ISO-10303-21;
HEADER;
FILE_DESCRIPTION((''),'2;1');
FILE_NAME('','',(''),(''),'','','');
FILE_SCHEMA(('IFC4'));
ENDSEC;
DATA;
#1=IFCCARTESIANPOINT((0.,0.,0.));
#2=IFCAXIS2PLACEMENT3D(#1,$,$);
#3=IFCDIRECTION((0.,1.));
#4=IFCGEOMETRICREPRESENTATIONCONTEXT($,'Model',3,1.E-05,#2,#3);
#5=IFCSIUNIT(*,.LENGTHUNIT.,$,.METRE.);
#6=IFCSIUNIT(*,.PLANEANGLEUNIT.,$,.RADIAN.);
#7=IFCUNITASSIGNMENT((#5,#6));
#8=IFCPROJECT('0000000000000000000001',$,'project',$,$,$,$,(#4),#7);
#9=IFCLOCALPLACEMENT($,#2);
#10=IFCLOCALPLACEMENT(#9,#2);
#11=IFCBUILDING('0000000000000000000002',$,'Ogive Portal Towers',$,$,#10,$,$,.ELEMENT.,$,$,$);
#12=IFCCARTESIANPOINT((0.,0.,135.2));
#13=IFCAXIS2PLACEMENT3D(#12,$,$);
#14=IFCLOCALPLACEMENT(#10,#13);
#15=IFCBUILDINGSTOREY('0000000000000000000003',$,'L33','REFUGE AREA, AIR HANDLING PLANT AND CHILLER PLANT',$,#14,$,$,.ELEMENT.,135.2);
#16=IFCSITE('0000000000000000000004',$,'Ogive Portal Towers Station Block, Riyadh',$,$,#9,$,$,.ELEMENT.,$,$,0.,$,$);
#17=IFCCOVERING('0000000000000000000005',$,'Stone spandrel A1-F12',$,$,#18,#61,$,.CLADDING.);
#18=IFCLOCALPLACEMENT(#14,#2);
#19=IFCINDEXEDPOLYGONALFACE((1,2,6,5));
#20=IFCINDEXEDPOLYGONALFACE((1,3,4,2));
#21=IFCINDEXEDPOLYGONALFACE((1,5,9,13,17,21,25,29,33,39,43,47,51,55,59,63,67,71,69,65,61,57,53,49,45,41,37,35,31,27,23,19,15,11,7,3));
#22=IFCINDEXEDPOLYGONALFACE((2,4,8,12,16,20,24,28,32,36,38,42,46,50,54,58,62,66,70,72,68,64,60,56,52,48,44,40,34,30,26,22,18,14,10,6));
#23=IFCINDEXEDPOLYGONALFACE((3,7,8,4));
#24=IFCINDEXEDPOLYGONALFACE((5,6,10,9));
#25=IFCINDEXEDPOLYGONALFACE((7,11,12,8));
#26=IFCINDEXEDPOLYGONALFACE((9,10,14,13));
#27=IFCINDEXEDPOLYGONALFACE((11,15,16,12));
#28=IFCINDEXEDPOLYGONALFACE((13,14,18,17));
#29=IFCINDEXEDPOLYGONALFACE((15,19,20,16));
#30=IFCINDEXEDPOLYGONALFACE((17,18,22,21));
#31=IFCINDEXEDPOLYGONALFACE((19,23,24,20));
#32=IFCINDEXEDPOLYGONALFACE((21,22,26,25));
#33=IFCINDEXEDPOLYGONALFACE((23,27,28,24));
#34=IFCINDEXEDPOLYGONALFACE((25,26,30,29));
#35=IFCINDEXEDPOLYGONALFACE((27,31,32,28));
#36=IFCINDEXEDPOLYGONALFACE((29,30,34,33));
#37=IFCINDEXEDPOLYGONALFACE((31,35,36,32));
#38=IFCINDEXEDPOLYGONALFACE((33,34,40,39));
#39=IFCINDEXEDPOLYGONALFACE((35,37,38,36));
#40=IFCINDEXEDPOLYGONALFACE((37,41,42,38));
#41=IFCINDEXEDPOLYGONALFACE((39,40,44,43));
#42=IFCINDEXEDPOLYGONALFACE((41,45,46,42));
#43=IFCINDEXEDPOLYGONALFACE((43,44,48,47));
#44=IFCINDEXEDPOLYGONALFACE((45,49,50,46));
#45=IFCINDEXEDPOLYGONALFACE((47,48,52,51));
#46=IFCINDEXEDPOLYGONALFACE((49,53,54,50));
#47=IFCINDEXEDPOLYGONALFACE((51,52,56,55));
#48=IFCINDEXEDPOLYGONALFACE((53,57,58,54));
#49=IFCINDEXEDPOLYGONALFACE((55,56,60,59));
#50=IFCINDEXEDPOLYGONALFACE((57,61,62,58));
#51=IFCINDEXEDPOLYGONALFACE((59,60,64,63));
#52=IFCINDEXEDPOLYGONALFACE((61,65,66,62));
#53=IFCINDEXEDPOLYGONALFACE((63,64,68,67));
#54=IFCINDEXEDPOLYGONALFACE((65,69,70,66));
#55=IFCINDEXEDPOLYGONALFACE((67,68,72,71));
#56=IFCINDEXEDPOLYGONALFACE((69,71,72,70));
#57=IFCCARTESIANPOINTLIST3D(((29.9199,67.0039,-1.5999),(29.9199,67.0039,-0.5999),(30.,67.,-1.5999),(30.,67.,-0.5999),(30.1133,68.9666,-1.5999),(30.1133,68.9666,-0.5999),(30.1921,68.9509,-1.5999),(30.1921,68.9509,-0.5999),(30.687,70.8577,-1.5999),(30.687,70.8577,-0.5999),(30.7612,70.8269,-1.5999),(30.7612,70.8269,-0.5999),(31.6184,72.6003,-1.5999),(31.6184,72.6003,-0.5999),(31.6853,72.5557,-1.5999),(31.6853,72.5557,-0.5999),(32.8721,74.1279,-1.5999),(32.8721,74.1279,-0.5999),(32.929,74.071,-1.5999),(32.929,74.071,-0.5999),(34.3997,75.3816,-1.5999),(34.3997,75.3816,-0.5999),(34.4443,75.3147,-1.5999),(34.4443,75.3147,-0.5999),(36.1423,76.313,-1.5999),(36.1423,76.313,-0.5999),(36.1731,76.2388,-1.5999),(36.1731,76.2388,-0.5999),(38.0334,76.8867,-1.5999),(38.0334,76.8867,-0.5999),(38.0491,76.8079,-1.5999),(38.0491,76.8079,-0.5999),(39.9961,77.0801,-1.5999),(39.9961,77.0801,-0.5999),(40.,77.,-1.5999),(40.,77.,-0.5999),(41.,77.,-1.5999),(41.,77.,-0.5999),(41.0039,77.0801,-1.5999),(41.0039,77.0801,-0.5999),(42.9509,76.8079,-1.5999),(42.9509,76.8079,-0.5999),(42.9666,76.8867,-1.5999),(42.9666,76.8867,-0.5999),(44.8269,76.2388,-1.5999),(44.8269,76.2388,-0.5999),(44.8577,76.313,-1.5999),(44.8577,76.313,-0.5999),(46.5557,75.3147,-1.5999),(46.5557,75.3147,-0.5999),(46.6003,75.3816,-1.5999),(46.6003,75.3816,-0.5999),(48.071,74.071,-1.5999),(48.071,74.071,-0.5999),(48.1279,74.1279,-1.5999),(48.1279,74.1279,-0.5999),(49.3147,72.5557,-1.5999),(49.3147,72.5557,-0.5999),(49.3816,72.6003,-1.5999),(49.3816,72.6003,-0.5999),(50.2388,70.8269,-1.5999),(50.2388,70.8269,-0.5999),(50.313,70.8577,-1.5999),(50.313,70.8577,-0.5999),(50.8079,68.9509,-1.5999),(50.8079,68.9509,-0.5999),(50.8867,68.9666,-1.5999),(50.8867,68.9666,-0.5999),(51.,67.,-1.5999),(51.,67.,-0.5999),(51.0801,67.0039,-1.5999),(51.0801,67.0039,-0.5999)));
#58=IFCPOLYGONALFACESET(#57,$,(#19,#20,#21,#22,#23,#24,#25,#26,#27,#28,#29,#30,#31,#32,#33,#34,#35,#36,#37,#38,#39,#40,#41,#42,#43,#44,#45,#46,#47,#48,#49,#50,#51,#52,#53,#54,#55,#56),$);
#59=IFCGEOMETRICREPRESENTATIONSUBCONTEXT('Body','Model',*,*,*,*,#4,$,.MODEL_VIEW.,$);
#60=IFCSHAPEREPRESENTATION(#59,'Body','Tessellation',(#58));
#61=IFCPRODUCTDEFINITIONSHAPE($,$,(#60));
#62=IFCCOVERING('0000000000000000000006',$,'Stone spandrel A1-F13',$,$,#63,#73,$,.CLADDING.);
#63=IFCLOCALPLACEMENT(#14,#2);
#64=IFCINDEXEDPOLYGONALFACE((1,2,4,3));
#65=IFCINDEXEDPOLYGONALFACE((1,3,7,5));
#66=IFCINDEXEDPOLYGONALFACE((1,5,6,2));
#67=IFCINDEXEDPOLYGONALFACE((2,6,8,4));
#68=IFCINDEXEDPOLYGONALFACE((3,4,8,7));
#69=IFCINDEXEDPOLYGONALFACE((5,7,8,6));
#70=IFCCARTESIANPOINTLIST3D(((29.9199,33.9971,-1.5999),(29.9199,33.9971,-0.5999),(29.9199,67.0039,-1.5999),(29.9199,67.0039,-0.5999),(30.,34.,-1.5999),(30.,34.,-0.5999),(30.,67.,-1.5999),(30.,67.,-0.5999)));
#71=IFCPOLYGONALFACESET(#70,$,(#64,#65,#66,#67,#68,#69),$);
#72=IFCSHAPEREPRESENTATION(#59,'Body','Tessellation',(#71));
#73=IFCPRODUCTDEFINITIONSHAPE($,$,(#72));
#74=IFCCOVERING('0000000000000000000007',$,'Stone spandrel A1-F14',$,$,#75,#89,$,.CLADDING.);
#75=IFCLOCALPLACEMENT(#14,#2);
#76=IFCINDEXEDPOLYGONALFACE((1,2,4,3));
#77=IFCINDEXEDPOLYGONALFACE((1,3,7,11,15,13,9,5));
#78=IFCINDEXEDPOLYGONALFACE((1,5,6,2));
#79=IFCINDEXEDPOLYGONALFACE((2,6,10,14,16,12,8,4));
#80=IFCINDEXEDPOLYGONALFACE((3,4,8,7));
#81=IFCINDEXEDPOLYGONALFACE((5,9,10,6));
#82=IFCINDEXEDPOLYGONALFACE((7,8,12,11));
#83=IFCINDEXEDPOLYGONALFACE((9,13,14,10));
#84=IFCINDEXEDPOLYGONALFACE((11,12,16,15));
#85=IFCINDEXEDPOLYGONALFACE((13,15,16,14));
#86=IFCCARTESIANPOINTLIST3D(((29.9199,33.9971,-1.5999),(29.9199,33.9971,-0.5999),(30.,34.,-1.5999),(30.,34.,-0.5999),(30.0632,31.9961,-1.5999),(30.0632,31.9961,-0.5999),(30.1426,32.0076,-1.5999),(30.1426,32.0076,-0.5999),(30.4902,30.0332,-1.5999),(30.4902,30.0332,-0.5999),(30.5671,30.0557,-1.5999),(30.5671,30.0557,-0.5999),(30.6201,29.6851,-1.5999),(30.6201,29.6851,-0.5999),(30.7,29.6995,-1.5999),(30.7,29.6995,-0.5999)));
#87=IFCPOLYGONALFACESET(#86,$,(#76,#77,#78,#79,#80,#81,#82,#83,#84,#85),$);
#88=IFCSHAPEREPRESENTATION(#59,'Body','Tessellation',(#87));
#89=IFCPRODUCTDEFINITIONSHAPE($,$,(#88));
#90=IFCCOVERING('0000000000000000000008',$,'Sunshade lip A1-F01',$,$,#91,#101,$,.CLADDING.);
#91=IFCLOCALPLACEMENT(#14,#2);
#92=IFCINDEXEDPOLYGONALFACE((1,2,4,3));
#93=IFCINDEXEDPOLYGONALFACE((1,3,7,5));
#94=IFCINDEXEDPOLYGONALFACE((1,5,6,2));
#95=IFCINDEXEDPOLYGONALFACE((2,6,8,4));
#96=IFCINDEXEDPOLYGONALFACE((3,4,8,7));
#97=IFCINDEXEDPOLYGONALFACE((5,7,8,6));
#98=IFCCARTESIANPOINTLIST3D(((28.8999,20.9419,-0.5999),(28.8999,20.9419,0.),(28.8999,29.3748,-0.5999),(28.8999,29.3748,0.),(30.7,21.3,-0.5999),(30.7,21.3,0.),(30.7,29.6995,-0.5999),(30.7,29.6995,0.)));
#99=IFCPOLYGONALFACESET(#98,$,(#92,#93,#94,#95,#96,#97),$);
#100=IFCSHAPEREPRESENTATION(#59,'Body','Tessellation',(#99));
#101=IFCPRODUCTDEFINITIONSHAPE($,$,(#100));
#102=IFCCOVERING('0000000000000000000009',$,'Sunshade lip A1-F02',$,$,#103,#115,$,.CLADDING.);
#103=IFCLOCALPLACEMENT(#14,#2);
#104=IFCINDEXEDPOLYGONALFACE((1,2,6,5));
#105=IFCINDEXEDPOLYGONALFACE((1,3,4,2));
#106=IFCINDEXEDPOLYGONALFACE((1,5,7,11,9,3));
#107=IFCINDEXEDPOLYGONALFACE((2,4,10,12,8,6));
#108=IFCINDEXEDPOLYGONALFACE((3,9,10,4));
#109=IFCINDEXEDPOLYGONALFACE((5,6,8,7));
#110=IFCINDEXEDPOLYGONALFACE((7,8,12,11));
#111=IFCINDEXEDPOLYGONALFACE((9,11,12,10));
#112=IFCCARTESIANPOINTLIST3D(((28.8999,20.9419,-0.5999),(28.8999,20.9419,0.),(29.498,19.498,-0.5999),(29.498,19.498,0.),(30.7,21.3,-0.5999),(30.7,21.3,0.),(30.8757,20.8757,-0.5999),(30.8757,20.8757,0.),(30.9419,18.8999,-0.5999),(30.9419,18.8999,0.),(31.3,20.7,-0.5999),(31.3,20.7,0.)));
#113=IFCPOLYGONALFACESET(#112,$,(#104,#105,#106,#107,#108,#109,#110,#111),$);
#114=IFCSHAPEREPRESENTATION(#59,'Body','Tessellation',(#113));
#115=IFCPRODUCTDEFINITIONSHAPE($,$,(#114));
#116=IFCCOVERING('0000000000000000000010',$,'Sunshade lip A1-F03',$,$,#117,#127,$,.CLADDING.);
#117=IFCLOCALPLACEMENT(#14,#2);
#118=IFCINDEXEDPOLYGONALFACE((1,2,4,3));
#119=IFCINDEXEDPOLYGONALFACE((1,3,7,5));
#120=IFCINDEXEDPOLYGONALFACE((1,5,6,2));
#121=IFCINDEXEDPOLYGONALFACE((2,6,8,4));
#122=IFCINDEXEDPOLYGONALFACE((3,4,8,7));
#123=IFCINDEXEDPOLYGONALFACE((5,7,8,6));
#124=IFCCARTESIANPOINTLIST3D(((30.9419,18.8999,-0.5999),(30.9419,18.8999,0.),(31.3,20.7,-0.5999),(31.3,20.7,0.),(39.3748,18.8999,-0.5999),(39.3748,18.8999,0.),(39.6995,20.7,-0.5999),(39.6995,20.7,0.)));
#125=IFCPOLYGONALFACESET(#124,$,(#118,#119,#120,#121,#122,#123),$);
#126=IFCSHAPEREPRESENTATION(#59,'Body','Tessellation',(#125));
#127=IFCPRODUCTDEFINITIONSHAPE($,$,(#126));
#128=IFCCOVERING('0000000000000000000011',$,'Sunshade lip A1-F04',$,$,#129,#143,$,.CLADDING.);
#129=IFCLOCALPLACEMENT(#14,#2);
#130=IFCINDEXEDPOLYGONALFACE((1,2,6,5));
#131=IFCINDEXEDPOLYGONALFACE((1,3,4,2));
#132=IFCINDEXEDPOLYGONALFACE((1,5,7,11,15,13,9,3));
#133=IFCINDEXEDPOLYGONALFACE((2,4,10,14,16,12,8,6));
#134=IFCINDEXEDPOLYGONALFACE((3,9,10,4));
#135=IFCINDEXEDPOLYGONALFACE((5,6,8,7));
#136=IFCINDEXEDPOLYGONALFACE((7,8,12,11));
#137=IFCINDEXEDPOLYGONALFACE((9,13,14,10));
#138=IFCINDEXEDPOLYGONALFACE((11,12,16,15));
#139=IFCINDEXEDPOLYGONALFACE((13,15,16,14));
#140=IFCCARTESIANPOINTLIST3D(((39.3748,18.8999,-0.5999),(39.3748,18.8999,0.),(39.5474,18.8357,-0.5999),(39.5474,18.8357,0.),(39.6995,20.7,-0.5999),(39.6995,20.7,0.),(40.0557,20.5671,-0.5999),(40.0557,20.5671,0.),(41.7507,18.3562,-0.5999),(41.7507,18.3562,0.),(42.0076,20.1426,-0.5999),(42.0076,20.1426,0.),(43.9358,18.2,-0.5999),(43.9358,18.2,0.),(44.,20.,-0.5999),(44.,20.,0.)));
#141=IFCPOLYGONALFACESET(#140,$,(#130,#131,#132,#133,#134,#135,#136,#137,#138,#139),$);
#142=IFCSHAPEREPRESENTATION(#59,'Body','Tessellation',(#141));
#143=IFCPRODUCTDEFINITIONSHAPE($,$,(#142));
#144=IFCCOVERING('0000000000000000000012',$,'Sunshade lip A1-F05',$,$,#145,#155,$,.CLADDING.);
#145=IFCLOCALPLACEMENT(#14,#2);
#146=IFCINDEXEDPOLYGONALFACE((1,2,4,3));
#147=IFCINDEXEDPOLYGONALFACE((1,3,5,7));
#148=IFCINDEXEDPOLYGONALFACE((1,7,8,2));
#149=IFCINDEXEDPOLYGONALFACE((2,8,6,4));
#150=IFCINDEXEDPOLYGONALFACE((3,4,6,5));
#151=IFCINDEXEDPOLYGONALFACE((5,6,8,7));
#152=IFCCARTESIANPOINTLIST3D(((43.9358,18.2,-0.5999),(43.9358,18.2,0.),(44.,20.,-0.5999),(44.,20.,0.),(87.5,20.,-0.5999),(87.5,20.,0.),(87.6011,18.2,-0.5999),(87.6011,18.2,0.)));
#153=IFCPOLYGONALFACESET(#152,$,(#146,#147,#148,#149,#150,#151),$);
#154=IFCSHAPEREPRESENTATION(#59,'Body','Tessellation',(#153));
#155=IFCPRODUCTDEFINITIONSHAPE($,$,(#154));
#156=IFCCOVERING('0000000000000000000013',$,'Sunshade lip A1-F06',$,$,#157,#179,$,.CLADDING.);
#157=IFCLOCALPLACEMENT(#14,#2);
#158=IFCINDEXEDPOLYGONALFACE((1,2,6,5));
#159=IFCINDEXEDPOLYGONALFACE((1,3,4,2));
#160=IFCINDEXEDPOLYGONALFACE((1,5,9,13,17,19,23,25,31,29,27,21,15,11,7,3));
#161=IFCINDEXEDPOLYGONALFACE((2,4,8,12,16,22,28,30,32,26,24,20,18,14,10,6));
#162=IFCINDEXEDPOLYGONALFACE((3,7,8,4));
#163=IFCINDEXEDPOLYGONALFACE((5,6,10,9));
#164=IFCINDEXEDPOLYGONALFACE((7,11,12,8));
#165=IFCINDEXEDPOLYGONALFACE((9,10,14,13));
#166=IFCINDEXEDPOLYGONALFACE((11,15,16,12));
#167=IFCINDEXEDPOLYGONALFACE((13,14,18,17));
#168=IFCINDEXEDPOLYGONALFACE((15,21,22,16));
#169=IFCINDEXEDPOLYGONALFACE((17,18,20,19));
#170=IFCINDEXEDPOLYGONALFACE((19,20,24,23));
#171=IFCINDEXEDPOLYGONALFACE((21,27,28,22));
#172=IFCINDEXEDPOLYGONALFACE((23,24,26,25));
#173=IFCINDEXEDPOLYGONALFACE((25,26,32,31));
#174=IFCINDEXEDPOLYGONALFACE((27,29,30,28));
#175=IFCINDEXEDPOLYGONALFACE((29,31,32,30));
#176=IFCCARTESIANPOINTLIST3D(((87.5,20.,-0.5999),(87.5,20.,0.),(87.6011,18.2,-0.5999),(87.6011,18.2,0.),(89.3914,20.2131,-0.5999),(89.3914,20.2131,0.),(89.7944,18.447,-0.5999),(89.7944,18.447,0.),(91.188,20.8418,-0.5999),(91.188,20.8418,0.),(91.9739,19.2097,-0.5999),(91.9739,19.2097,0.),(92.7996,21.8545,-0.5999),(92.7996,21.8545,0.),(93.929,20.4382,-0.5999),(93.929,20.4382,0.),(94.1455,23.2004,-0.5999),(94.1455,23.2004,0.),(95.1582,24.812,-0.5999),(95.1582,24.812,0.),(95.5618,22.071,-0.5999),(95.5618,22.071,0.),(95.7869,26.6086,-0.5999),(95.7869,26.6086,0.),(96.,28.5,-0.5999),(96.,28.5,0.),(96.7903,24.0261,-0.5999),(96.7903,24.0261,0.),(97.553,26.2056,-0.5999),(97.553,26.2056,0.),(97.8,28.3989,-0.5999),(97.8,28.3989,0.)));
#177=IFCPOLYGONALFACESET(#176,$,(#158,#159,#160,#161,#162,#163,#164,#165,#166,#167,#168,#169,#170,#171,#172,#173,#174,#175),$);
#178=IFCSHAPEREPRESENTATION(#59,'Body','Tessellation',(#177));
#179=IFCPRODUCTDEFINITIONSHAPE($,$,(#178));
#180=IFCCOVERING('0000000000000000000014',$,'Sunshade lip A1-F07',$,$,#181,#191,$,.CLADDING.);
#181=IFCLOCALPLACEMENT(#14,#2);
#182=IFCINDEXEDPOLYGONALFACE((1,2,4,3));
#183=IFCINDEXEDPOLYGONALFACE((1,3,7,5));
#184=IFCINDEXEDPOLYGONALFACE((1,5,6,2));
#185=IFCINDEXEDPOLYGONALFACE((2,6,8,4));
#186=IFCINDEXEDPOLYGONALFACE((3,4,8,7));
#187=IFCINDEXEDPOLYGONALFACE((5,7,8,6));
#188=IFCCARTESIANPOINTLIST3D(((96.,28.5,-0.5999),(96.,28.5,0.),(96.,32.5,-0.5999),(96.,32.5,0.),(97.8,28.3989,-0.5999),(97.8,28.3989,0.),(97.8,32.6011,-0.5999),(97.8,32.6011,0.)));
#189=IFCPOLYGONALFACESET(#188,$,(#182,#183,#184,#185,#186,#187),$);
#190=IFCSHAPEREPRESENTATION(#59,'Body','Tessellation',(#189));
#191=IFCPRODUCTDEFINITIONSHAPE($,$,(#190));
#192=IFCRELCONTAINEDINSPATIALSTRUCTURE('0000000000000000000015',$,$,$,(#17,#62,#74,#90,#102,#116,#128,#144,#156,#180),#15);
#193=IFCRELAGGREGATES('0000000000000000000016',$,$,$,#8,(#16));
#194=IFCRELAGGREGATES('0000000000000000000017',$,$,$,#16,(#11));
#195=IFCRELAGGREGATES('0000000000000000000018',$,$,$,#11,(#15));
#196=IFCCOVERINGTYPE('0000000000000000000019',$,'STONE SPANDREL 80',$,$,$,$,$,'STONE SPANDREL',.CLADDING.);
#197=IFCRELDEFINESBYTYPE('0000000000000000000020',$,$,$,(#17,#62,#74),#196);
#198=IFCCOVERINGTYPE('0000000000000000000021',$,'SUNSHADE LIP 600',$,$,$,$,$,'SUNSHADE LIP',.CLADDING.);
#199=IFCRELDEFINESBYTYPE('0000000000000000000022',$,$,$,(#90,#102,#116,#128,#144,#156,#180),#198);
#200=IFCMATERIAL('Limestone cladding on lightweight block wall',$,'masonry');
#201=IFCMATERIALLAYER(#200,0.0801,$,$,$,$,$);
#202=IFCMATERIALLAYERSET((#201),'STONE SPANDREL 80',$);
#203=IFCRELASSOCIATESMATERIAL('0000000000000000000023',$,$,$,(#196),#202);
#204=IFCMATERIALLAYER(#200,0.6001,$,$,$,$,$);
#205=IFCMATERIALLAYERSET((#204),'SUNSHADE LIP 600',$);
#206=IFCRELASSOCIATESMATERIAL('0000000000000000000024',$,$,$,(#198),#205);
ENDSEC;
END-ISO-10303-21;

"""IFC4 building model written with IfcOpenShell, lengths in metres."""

from ifc_helpers import new_model, si_unit, direction, frame, origin, place, context, subcontext, project, spatial, polyline, outline, extrude, material, layer, layer_set, type_object, element, save


model = new_model("IFC4")

# Units and contexts
model_context = context("Model", 3, precision=1e-05, world=origin(), true_north=direction((0.0, 1.0)))
body_context = subcontext(model_context, "Body", "Model", "MODEL_VIEW")
ifc_project = project(units=[si_unit("LENGTHUNIT", "METRE"), si_unit("PLANEANGLEUNIT", "RADIAN")], contexts=[model_context])

# Site, building, storey
site_placement = place(None, origin())
site = spatial("IfcSite", under=ifc_project, at=site_placement, Name="Ogive Portal Towers Station Block, Riyadh", CompositionType="ELEMENT", RefElevation=0.0)
building_placement = place(site_placement, origin())
building = spatial("IfcBuilding", under=site, at=building_placement, Name="Ogive Portal Towers", CompositionType="ELEMENT")
storey_placement = place(building_placement, frame((0.0, 0.0, 135.2)))
storey = spatial("IfcBuildingStorey", under=building, at=storey_placement, Name="L33", Description="REFUGE AREA, AIR HANDLING PLANT AND CHILLER PLANT", CompositionType="ELEMENT", Elevation=135.2)

# Coverings
ifc_material_1 = material(Name="Limestone cladding on lightweight block wall", Category="masonry")
ifc_layer_1 = layer(ifc_material_1, 0.0801)
ifc_layer_set_1 = layer_set([ifc_layer_1], Name="STONE SPANDREL 80")
covering_type_1 = type_object("IfcCoveringType", Name="STONE SPANDREL 80", ElementType="STONE SPANDREL", PredefinedType="CLADDING", material=ifc_layer_set_1)
covering_1_placement = place(storey_placement, frame((0.0, 0.0, -1.5999)))
element("IfcCovering", 1, at=covering_1_placement, inside=storey, type_object=covering_type_1, Name="Stone spandrel A1-F12", PredefinedType="CLADDING", context=body_context, shape_type="SweptSolid", body=[
    extrude(outline(polyline([(51.0, 67.0), (50.8079, 68.9509), (50.2388, 70.8269), (49.3147, 72.5557), (48.071, 74.071), (46.5557, 75.3147), (44.8269, 76.2388), (42.9509, 76.8079), (41.0, 77.0), (40.0, 77.0), (38.0491, 76.8079), (36.1731, 76.2388), (34.4443, 75.3147), (32.929, 74.071), (31.6853, 72.5557), (30.7612, 70.8269), (30.1921, 68.9509), (30.0, 67.0), (29.9199, 67.0039), (30.1133, 68.9666), (30.687, 70.8577), (31.6184, 72.6003), (32.8721, 74.1279), (34.3997, 75.3816), (36.1423, 76.313), (38.0334, 76.8867), (39.9961, 77.0801), (41.0039, 77.0801), (42.9666, 76.8867), (44.8577, 76.313), (46.6003, 75.3816), (48.1279, 74.1279), (49.3816, 72.6003), (50.313, 70.8577), (50.8867, 68.9666), (51.0801, 67.0039), (51.0, 67.0)])), origin(), (0.0, 0.0, 1.0), 1.0),
])
covering_2_placement = place(storey_placement, frame((0.0, 0.0, -1.5999)))
element("IfcCovering", 2, at=covering_2_placement, inside=storey, type_object=covering_type_1, Name="Stone spandrel A1-F13", PredefinedType="CLADDING", context=body_context, shape_type="SweptSolid", body=[
    extrude(outline(polyline([(30.0, 67.0), (30.0, 34.0), (29.9199, 33.9971), (29.9199, 67.0039), (30.0, 67.0)])), origin(), (0.0, 0.0, 1.0), 1.0),
])
covering_3_placement = place(storey_placement, frame((0.0, 0.0, -1.5999)))
element("IfcCovering", 3, at=covering_3_placement, inside=storey, type_object=covering_type_1, Name="Stone spandrel A1-F14", PredefinedType="CLADDING", context=body_context, shape_type="SweptSolid", body=[
    extrude(outline(polyline([(30.0, 34.0), (30.1426, 32.0076), (30.5671, 30.0557), (30.7, 29.6995), (30.6201, 29.6851), (30.4902, 30.0332), (30.0632, 31.9961), (29.9199, 33.9971), (30.0, 34.0)])), origin(), (0.0, 0.0, 1.0), 1.0),
])
ifc_layer_2 = layer(ifc_material_1, 0.6001)
ifc_layer_set_2 = layer_set([ifc_layer_2], Name="SUNSHADE LIP 600")
covering_type_2 = type_object("IfcCoveringType", Name="SUNSHADE LIP 600", ElementType="SUNSHADE LIP", PredefinedType="CLADDING", material=ifc_layer_set_2)
covering_4_placement = place(storey_placement, frame((0.0, 0.0, -0.5999)))
element("IfcCovering", 4, at=covering_4_placement, inside=storey, type_object=covering_type_2, Name="Sunshade lip A1-F01", PredefinedType="CLADDING", context=body_context, shape_type="SweptSolid", body=[
    extrude(outline(polyline([(30.7, 29.6995), (30.7, 21.3), (28.8999, 20.9419), (28.8999, 29.3748), (30.7, 29.6995)])), origin(), (0.0, 0.0, 1.0), 0.5999),
])
covering_5_placement = place(storey_placement, frame((0.0, 0.0, -0.5999)))
element("IfcCovering", 5, at=covering_5_placement, inside=storey, type_object=covering_type_2, Name="Sunshade lip A1-F02", PredefinedType="CLADDING", context=body_context, shape_type="SweptSolid", body=[
    extrude(outline(polyline([(30.7, 21.3), (30.8757, 20.8757), (31.3, 20.7), (30.9419, 18.8999), (29.498, 19.498), (28.8999, 20.9419), (30.7, 21.3)])), origin(), (0.0, 0.0, 1.0), 0.5999),
])
covering_6_placement = place(storey_placement, frame((0.0, 0.0, -0.5999)))
element("IfcCovering", 6, at=covering_6_placement, inside=storey, type_object=covering_type_2, Name="Sunshade lip A1-F03", PredefinedType="CLADDING", context=body_context, shape_type="SweptSolid", body=[
    extrude(outline(polyline([(31.3, 20.7), (39.6995, 20.7), (39.3748, 18.8999), (30.9419, 18.8999), (31.3, 20.7)])), origin(), (0.0, 0.0, 1.0), 0.5999),
])
covering_7_placement = place(storey_placement, frame((0.0, 0.0, -0.5999)))
element("IfcCovering", 7, at=covering_7_placement, inside=storey, type_object=covering_type_2, Name="Sunshade lip A1-F04", PredefinedType="CLADDING", context=body_context, shape_type="SweptSolid", body=[
    extrude(outline(polyline([(39.6995, 20.7), (40.0557, 20.5671), (42.0076, 20.1426), (44.0, 20.0), (43.9358, 18.2), (41.7507, 18.3562), (39.5474, 18.8357), (39.3748, 18.8999), (39.6995, 20.7)])), origin(), (0.0, 0.0, 1.0), 0.5999),
])
covering_8_placement = place(storey_placement, frame((0.0, 0.0, -0.5999)))
element("IfcCovering", 8, at=covering_8_placement, inside=storey, type_object=covering_type_2, Name="Sunshade lip A1-F05", PredefinedType="CLADDING", context=body_context, shape_type="SweptSolid", body=[
    extrude(outline(polyline([(44.0, 20.0), (87.5, 20.0), (87.6011, 18.2), (43.9358, 18.2), (44.0, 20.0)])), origin(), (0.0, 0.0, 1.0), 0.5999),
])
covering_9_placement = place(storey_placement, frame((0.0, 0.0, -0.5999)))
element("IfcCovering", 9, at=covering_9_placement, inside=storey, type_object=covering_type_2, Name="Sunshade lip A1-F06", PredefinedType="CLADDING", context=body_context, shape_type="SweptSolid", body=[
    extrude(outline(polyline([(87.5, 20.0), (89.3914, 20.2131), (91.188, 20.8418), (92.7996, 21.8545), (94.1455, 23.2004), (95.1582, 24.812), (95.7869, 26.6086), (96.0, 28.5), (97.8, 28.3989), (97.553, 26.2056), (96.7903, 24.0261), (95.5618, 22.071), (93.929, 20.4382), (91.9739, 19.2097), (89.7944, 18.447), (87.6011, 18.2), (87.5, 20.0)])), origin(), (0.0, 0.0, 1.0), 0.5999),
])
covering_10_placement = place(storey_placement, frame((0.0, 0.0, -0.5999)))
element("IfcCovering", 10, at=covering_10_placement, inside=storey, type_object=covering_type_2, Name="Sunshade lip A1-F07", PredefinedType="CLADDING", context=body_context, shape_type="SweptSolid", body=[
    extrude(outline(polyline([(96.0, 28.5), (96.0, 32.5), (97.8, 32.6011), (97.8, 28.3989), (96.0, 28.5)])), origin(), (0.0, 0.0, 1.0), 0.5999),
])

save(model, "model.ifc")
